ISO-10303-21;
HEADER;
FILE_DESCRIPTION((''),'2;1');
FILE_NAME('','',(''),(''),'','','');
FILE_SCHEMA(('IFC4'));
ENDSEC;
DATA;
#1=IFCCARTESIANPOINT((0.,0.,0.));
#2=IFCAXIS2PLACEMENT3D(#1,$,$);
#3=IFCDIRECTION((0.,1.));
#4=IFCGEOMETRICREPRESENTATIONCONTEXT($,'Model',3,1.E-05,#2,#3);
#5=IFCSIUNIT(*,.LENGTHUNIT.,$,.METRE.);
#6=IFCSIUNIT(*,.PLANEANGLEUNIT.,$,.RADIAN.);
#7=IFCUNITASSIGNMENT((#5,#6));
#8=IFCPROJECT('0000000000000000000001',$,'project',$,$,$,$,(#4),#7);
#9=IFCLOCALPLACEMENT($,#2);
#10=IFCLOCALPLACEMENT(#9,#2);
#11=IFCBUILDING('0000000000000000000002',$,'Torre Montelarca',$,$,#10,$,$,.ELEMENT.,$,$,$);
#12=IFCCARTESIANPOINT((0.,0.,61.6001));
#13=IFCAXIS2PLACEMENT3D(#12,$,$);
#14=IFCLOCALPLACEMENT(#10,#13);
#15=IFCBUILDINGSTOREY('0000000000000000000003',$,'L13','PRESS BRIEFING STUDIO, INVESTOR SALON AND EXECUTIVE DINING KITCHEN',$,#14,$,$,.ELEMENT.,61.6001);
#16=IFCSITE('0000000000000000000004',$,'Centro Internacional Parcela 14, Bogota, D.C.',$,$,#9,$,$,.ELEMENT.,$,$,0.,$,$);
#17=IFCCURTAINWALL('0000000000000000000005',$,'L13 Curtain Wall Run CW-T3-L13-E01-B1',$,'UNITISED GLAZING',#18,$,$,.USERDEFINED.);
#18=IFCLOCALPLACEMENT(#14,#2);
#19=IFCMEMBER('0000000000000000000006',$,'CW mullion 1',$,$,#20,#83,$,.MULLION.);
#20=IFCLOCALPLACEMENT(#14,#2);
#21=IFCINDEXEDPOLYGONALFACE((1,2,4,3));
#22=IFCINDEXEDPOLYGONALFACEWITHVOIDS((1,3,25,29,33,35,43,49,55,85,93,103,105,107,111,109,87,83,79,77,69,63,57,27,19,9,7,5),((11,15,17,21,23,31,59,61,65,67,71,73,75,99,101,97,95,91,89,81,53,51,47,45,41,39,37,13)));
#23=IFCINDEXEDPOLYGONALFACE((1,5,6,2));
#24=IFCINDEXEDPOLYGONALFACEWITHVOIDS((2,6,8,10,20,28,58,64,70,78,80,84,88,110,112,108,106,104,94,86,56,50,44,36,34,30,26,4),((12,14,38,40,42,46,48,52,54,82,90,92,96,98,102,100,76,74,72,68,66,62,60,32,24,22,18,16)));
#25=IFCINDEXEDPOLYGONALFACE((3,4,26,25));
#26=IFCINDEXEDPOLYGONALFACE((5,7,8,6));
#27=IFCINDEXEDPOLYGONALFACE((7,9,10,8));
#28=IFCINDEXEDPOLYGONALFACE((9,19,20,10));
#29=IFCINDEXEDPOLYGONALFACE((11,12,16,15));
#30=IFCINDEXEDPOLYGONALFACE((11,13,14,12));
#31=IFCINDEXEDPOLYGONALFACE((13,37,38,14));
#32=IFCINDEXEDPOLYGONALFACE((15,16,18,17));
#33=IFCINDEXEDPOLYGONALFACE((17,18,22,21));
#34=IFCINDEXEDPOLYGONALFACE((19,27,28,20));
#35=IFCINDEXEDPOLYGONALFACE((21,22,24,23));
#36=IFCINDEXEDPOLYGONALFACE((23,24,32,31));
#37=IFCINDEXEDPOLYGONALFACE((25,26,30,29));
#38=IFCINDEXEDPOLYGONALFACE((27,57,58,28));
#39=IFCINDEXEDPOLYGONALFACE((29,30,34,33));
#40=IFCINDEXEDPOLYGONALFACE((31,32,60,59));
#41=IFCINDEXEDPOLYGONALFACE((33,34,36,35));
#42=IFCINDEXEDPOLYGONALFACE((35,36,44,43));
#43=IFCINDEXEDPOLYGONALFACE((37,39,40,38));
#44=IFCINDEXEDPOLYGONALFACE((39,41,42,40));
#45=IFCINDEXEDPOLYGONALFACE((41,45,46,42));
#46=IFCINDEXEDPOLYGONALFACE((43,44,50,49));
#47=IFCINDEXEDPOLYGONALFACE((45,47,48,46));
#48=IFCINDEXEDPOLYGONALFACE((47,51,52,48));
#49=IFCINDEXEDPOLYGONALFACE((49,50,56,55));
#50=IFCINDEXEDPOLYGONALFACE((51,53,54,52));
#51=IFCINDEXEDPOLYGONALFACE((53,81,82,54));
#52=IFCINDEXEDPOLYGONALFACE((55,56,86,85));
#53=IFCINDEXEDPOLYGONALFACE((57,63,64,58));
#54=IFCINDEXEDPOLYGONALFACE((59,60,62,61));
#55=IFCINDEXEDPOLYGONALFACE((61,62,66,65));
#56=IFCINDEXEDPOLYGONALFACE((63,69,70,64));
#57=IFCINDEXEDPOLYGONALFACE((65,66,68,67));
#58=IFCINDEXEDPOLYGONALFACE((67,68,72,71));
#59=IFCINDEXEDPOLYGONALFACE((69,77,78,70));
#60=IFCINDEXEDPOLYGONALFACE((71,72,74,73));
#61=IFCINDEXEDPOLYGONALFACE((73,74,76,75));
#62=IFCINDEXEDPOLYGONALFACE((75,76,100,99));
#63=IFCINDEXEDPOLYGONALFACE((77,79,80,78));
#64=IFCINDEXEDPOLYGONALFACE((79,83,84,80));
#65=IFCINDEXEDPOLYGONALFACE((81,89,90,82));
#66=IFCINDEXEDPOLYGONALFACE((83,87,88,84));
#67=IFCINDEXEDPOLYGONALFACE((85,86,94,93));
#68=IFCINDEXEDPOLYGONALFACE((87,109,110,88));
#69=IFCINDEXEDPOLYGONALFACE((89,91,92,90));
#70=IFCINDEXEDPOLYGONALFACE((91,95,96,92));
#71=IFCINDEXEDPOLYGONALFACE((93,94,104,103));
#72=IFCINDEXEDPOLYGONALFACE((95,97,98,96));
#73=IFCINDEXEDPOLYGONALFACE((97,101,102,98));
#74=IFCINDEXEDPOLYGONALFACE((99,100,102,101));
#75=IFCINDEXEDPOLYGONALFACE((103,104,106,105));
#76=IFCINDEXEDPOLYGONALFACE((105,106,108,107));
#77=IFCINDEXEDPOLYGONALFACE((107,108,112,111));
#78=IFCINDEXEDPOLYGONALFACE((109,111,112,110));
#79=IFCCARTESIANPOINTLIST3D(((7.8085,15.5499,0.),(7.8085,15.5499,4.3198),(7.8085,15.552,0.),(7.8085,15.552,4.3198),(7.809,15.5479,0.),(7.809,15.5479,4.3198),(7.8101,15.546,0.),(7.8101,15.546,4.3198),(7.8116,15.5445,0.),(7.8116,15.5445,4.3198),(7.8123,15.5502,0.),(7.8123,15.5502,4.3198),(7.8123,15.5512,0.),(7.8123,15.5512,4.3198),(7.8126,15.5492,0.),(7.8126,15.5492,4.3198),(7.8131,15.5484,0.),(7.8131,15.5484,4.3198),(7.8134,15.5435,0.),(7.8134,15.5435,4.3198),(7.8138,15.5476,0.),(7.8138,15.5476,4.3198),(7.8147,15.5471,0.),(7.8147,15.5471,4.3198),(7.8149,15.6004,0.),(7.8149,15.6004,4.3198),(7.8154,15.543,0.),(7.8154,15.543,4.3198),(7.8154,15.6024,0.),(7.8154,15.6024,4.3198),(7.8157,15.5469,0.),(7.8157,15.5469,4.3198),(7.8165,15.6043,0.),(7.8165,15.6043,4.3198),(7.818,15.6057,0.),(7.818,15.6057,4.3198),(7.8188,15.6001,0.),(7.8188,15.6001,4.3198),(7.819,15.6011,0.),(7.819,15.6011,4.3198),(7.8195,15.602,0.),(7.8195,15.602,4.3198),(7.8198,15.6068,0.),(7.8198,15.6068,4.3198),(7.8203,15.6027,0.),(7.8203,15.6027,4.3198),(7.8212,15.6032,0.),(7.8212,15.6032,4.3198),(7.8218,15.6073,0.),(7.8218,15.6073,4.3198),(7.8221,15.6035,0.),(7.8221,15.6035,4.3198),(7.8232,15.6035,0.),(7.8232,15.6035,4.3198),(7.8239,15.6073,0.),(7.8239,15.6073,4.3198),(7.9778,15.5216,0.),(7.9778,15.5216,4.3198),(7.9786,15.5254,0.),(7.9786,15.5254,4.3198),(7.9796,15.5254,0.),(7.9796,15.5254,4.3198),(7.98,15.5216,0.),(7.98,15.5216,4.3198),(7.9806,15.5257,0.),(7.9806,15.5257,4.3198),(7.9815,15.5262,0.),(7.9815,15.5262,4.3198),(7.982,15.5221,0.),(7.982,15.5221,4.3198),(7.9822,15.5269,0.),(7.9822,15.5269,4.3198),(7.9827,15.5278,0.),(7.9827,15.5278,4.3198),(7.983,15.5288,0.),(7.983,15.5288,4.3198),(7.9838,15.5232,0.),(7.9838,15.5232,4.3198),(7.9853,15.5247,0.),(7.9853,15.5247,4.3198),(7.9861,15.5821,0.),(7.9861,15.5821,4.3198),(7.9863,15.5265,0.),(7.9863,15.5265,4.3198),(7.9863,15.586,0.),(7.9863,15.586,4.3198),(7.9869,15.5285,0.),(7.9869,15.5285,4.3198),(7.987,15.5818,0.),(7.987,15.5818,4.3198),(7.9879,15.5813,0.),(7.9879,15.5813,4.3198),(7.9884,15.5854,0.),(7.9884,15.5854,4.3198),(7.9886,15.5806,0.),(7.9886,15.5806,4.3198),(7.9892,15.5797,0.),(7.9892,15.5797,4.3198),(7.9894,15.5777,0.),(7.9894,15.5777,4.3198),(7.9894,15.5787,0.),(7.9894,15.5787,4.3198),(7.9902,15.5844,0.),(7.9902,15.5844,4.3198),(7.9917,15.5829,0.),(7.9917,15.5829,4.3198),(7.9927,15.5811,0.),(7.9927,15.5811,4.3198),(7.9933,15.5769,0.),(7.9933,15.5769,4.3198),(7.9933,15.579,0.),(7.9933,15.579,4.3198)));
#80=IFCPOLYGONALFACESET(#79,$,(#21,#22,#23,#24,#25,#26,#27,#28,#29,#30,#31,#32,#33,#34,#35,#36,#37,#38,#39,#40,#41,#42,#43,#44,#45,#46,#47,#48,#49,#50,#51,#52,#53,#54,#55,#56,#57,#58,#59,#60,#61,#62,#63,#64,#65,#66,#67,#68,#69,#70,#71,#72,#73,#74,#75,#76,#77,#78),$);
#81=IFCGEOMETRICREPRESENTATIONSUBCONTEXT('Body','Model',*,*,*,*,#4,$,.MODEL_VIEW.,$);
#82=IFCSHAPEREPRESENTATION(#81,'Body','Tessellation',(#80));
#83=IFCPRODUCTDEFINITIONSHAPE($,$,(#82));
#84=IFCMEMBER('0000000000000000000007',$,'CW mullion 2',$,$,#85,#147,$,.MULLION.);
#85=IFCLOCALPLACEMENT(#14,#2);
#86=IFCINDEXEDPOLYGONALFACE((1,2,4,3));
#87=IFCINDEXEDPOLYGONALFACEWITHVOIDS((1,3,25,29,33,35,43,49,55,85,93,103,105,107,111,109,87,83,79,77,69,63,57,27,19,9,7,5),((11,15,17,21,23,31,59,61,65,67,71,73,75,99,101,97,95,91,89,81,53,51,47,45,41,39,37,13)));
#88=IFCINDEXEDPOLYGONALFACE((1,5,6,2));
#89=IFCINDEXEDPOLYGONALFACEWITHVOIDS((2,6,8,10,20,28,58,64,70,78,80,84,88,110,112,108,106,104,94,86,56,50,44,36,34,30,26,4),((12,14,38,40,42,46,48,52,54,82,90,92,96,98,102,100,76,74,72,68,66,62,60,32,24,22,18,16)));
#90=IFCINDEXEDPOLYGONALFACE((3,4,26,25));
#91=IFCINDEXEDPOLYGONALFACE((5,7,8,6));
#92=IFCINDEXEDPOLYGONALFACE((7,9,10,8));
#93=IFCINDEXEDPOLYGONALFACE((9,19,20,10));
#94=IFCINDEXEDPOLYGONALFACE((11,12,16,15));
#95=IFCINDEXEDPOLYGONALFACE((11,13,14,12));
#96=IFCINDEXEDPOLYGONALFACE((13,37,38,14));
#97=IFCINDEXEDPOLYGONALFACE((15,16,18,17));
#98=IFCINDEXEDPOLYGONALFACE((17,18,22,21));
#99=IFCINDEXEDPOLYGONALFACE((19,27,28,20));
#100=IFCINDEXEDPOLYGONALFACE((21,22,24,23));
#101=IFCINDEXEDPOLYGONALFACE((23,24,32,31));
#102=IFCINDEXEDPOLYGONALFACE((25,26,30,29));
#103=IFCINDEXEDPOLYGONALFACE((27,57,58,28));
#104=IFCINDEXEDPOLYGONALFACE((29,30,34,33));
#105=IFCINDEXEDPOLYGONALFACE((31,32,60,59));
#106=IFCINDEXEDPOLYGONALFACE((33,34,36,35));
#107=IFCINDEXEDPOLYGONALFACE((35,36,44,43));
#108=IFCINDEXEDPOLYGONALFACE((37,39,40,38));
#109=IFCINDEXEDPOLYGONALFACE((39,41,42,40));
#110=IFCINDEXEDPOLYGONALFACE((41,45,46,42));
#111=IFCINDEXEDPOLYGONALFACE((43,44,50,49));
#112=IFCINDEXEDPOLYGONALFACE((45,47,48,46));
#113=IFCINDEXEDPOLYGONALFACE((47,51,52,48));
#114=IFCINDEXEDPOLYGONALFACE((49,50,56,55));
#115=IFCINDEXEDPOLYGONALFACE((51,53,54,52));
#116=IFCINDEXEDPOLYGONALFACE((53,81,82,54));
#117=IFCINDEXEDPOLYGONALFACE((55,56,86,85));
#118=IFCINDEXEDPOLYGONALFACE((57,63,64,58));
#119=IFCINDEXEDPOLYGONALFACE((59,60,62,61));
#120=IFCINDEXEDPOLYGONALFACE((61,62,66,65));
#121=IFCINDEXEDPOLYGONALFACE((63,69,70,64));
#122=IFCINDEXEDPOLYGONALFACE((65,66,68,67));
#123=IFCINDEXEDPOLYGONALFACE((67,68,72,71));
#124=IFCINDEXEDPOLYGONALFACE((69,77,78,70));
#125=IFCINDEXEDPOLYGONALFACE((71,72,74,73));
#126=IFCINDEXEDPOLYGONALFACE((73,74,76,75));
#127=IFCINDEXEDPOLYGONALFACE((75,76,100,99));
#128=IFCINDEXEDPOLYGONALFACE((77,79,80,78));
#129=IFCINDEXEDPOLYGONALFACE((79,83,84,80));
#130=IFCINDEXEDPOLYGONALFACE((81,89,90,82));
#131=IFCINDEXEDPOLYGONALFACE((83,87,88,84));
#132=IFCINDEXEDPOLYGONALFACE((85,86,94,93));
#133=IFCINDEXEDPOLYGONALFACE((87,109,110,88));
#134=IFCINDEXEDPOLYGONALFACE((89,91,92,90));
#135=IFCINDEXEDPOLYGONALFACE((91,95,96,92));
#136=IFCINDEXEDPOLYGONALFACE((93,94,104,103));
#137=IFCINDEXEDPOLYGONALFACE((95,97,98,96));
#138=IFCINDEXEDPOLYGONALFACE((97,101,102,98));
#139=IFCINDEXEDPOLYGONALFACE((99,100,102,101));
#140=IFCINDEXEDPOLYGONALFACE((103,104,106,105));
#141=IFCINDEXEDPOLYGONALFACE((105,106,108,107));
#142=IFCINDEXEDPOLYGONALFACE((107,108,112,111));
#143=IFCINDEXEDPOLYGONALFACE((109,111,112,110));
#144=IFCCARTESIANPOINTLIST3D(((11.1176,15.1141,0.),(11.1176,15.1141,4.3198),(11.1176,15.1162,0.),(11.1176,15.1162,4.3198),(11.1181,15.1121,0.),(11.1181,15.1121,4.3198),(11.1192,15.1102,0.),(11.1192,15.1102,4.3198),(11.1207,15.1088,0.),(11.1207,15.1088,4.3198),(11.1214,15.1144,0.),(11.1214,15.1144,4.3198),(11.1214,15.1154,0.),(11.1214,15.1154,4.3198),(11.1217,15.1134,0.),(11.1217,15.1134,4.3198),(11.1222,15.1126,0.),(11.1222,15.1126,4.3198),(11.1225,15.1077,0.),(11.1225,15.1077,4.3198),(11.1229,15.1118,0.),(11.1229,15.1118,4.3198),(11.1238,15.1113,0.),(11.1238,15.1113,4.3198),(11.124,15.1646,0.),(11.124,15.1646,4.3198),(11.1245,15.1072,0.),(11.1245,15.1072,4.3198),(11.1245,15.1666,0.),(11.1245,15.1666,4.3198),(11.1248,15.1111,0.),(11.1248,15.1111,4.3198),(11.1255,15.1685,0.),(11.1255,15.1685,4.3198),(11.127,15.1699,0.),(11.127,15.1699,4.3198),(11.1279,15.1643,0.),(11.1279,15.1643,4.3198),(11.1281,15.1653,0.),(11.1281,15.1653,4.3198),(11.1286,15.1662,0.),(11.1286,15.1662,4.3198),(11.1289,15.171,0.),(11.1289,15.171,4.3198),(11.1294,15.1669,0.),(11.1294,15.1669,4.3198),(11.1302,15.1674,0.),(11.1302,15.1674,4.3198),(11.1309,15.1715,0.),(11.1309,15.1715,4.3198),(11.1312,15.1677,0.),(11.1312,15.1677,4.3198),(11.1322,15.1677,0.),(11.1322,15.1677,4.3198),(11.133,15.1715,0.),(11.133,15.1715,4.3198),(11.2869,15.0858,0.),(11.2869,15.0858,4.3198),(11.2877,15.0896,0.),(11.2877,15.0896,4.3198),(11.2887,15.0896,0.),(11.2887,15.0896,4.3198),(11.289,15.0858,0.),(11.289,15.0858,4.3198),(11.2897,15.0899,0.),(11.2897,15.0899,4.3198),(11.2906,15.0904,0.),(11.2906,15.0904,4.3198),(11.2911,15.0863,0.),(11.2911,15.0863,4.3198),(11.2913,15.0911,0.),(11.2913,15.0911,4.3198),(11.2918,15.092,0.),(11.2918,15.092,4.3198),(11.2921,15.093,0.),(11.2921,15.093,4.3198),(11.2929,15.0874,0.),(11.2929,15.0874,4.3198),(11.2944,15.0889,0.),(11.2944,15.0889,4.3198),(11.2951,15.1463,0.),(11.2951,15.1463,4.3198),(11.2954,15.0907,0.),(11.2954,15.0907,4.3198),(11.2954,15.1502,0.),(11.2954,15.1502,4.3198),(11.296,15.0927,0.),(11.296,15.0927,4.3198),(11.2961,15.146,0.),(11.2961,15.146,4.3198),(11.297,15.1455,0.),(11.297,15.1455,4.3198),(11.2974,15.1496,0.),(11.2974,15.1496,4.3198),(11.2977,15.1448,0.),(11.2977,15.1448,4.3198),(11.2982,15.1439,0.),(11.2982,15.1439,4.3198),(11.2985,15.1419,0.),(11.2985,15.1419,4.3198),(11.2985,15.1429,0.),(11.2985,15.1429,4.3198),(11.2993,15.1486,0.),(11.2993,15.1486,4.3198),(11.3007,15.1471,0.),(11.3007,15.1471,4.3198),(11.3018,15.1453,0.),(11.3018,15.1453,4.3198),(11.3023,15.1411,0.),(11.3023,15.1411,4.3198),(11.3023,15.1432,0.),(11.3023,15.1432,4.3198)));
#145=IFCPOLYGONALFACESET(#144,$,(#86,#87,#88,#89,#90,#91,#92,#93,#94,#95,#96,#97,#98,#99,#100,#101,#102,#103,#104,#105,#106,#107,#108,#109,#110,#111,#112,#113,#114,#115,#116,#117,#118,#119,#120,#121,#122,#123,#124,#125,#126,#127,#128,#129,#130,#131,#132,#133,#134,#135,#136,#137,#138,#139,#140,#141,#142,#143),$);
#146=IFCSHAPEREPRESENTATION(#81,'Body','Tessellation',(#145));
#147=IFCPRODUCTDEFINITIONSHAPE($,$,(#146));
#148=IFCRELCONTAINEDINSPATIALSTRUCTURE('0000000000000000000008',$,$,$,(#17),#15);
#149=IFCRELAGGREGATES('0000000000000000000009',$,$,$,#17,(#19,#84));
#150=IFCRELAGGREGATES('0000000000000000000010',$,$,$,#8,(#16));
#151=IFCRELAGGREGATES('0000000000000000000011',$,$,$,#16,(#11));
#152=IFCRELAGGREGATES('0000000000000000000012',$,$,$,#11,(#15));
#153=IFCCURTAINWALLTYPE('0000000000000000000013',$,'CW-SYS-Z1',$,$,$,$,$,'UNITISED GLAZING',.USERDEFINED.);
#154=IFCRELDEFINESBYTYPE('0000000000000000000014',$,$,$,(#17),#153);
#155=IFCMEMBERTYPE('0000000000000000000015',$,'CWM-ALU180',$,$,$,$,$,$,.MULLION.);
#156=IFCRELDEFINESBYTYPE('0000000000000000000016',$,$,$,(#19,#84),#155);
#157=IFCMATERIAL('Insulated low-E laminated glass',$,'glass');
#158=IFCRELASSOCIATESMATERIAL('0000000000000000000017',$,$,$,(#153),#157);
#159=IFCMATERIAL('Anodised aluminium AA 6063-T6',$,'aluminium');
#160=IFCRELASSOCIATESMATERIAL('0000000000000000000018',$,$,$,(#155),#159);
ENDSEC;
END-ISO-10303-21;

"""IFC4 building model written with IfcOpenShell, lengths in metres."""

from ifc_helpers import new_model, si_unit, direction, frame, origin, origin_2d, place, context, subcontext, project, spatial, hollow_rectangle, extrude, source, transform, mapped, material, material_profile, profile_set, type_object, element, aggregate, save


model = new_model("IFC4")

# Units and contexts
model_context = context("Model", 3, precision=1e-05, world=origin(), true_north=direction((0.0, 1.0)))
body_context = subcontext(model_context, "Body", "Model", "MODEL_VIEW")
ifc_project = project(units=[si_unit("LENGTHUNIT", "METRE"), si_unit("PLANEANGLEUNIT", "RADIAN")], contexts=[model_context])

# Site, building, storey
site_placement = place(None, origin())
site = spatial("IfcSite", under=ifc_project, at=site_placement, Name="Centro Internacional Parcela 14, Bogota, D.C.", CompositionType="ELEMENT", RefElevation=0.0)
building_placement = place(site_placement, origin())
building = spatial("IfcBuilding", under=site, at=building_placement, Name="Torre Montelarca", CompositionType="ELEMENT")
storey_placement = place(building_placement, frame((0.0, 0.0, 61.6001)))
storey = spatial("IfcBuildingStorey", under=building, at=storey_placement, Name="L13", Description="PRESS BRIEFING STUDIO, INVESTOR SALON AND EXECUTIVE DINING KITCHEN", CompositionType="ELEMENT", Elevation=61.6001)

# Curtain wall
ifc_material_1 = material(Name="Insulated low-E laminated glass", Category="glass")
curtain_wall_type = type_object("IfcCurtainWallType", Name="CW-SYS-Z1", ElementType="UNITISED GLAZING", PredefinedType="USERDEFINED", material=ifc_material_1)
curtain_wall_1_placement = place(storey_placement, origin())
curtain_wall_1 = element("IfcCurtainWall", 1, at=curtain_wall_1_placement, inside=storey, type_object=curtain_wall_type, Name="L13 Curtain Wall Run CW-T3-L13-E01-B1", ObjectType="UNITISED GLAZING", PredefinedType="USERDEFINED")
ifc_material_2 = material(Name="Anodised aluminium AA 6063-T6", Category="aluminium")

# Members
ifc_material_profile_1 = material_profile(ifc_material_2, hollow_rectangle(XDim=0.0649, YDim=0.1799, WallThickness=0.0039, InnerFilletRadius=0.0039, OuterFilletRadius=0.0081, at=origin_2d()), Name="ALU65X180X4", Category="aluminium")
ifc_profile_set_1 = profile_set([ifc_material_profile_1], Name="Anodised aluminium AA 6063-T6")
member_type_1 = type_object("IfcMemberType", Name="CWM-ALU180", PredefinedType="MULLION", material=ifc_profile_set_1)
shared_shape_1 = source(origin(), body_context, "Body", "SweptSolid", [
    extrude(hollow_rectangle(XDim=0.0649, YDim=0.1799, WallThickness=0.0039, InnerFilletRadius=0.0039, OuterFilletRadius=0.0081, at=origin_2d()), origin(), (0.0, 0.0, 1.0), 4.3198),
])
member_1_placement = place(storey_placement, frame((7.9009, 15.5645, 0.0), z_axis=(0.0, 0.0, 1.0), x_axis=(0.13052, 0.991446, 0.0)))
member_1 = element("IfcMember", 2, at=member_1_placement, type_object=member_type_1, Name="CW mullion 1", PredefinedType="MULLION", context=body_context, shape_type="MappedRepresentation", body=[
    mapped(shared_shape_1, transform((0.0, 0.0, 0.0), scale=1.0)),
])
member_2_placement = place(storey_placement, frame((11.21, 15.1287, 0.0), z_axis=(0.0, 0.0, 1.0), x_axis=(0.13052, 0.991446, 0.0)))
member_2 = element("IfcMember", 3, at=member_2_placement, type_object=member_type_1, Name="CW mullion 2", PredefinedType="MULLION", context=body_context, shape_type="MappedRepresentation", body=[
    mapped(shared_shape_1, transform((0.0, 0.0, 0.0), scale=1.0)),
])

aggregate(curtain_wall_1, [member_1, member_2])

save(model, "model.ifc")
